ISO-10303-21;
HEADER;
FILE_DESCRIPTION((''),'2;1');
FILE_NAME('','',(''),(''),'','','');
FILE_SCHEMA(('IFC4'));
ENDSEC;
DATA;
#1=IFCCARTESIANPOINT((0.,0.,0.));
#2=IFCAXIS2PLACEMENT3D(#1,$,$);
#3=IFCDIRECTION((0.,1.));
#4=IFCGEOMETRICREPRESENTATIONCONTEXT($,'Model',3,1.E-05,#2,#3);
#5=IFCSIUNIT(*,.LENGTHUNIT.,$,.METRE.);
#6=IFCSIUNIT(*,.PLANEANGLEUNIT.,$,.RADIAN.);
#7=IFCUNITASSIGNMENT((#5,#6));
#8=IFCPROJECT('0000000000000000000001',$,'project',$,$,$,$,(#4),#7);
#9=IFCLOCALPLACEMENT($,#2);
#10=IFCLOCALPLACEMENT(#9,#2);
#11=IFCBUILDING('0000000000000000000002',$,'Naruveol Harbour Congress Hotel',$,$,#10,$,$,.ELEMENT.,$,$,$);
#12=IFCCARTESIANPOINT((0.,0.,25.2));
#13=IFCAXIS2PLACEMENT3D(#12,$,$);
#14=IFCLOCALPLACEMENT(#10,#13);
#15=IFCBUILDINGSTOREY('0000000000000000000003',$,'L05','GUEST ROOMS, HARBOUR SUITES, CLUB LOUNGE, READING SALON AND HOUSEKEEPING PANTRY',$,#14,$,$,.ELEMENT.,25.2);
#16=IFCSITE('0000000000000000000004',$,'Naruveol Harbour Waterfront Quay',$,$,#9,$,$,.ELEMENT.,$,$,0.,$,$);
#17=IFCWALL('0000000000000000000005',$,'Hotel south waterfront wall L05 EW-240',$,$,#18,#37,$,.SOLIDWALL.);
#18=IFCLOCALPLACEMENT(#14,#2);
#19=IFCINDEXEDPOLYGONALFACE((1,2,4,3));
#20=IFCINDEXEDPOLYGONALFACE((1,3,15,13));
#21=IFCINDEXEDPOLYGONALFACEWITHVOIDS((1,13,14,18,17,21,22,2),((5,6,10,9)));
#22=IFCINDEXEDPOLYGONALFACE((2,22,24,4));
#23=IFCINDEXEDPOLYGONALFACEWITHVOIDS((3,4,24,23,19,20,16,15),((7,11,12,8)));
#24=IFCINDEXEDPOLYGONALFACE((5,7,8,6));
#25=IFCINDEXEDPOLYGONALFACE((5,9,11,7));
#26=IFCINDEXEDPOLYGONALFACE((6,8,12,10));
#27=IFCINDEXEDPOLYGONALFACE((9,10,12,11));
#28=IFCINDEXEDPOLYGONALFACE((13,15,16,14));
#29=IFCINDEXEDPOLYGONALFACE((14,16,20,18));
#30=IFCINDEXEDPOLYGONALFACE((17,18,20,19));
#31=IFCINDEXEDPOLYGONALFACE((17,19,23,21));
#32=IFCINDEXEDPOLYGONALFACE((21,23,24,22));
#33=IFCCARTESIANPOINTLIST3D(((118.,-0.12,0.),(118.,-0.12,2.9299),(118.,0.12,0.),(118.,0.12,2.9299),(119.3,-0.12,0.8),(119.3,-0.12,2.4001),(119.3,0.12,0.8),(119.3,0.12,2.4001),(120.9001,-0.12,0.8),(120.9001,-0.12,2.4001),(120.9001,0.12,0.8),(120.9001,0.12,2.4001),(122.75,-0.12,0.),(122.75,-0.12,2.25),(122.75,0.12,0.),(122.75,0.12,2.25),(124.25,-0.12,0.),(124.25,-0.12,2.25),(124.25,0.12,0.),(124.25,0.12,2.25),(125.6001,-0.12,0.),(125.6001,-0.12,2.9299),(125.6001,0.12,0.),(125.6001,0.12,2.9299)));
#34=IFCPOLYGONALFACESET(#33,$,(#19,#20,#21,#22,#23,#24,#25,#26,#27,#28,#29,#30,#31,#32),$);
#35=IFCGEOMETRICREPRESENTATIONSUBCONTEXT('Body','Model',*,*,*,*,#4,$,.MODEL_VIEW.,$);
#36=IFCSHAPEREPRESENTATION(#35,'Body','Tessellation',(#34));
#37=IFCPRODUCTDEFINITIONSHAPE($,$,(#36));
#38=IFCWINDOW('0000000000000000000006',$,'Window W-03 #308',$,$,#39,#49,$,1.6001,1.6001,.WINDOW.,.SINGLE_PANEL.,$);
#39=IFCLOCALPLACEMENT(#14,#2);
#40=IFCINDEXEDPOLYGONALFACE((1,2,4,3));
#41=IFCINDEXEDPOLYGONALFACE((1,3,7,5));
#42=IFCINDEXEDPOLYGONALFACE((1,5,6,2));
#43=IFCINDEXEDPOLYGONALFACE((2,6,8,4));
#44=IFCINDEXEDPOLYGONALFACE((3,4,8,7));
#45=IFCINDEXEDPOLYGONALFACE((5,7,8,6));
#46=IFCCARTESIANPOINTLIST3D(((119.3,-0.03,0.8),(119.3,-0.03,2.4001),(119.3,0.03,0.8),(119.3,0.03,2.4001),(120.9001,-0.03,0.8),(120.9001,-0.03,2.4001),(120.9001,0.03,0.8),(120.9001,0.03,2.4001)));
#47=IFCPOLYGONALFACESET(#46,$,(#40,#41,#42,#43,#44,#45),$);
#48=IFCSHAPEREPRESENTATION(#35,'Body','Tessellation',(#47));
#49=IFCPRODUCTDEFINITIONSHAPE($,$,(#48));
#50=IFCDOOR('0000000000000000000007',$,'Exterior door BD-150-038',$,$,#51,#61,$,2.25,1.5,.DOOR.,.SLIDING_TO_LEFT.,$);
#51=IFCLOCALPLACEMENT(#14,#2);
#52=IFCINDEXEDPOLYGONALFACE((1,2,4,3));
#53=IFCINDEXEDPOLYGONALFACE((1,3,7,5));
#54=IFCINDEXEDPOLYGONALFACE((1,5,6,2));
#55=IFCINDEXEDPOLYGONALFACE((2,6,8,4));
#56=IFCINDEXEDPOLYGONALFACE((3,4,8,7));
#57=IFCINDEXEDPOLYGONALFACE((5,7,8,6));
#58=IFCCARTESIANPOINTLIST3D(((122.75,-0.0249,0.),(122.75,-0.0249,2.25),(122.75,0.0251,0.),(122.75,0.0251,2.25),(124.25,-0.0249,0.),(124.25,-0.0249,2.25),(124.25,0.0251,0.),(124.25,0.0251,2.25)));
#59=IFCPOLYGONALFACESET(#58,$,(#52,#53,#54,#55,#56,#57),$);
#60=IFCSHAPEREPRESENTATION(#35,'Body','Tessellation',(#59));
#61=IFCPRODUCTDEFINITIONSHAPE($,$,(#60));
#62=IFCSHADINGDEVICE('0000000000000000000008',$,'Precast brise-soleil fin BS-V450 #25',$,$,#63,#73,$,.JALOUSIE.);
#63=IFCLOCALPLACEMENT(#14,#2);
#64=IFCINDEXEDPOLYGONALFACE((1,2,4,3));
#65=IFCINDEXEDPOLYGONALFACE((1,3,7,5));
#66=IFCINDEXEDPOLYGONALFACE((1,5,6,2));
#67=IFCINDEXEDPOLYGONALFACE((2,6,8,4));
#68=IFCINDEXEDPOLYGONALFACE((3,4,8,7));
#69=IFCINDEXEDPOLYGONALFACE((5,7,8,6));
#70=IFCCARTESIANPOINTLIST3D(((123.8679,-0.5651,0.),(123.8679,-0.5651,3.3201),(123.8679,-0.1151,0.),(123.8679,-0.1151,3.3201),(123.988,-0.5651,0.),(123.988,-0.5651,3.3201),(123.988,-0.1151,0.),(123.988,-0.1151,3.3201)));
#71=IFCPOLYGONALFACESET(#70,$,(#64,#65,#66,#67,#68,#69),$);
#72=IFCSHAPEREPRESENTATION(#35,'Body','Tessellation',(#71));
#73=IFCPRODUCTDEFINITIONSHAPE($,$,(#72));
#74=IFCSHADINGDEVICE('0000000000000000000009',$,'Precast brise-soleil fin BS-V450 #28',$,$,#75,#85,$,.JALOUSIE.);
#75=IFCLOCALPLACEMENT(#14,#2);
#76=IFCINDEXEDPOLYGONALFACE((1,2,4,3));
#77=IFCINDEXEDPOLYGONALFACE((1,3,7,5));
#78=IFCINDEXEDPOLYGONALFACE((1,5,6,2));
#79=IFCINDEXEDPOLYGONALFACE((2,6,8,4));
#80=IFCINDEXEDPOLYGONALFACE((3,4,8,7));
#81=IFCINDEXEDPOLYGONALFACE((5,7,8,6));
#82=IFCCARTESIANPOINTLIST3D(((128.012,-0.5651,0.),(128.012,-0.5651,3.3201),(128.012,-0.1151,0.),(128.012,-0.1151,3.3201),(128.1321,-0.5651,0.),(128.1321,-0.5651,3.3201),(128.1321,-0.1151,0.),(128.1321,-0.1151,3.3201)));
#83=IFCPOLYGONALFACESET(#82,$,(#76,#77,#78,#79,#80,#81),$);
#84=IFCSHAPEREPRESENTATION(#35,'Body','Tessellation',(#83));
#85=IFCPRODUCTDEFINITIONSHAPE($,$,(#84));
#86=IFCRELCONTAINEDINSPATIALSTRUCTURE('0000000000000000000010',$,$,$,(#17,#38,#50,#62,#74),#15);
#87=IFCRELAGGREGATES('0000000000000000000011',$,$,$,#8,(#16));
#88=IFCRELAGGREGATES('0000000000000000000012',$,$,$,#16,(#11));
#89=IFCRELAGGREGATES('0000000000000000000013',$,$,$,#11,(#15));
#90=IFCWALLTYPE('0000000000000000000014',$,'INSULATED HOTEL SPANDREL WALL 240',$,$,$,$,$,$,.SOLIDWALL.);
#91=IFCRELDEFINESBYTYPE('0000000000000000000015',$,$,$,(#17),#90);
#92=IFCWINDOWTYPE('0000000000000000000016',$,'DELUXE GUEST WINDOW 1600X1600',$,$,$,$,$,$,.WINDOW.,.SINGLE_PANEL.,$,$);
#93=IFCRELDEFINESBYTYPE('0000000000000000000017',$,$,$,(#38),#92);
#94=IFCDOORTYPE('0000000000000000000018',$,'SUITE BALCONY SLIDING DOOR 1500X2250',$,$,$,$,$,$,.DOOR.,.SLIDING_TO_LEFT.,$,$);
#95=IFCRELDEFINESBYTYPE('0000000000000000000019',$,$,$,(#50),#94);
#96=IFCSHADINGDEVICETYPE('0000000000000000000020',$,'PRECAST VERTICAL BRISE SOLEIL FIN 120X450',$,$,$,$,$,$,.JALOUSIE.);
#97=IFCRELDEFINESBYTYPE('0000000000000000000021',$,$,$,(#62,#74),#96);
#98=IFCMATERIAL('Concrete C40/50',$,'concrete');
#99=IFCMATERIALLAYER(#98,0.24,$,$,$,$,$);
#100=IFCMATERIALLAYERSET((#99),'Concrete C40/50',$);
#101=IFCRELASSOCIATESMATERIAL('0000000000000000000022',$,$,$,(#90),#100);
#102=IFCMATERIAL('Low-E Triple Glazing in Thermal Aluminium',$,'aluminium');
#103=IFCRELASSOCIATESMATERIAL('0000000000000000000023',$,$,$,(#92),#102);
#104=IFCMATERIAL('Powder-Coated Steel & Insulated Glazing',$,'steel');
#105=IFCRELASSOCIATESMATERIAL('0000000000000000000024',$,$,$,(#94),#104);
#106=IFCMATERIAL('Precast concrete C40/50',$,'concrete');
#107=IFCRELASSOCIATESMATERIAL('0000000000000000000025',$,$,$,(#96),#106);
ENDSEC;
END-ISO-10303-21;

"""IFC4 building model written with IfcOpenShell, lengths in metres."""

from ifc_helpers import new_model, si_unit, direction, frame, frame_2d, origin, origin_2d, place, context, subcontext, project, spatial, rectangle, extrude, material, layer, layer_set, type_object, element, fill, save


model = new_model("IFC4")

# Units and contexts
model_context = context("Model", 3, precision=1e-05, world=origin(), true_north=direction((0.0, 1.0)))
body_context = subcontext(model_context, "Body", "Model", "MODEL_VIEW")
ifc_project = project(units=[si_unit("LENGTHUNIT", "METRE"), si_unit("PLANEANGLEUNIT", "RADIAN")], contexts=[model_context])

# Site, building, storey
site_placement = place(None, origin())
site = spatial("IfcSite", under=ifc_project, at=site_placement, Name="Naruveol Harbour Waterfront Quay", CompositionType="ELEMENT", RefElevation=0.0)
building_placement = place(site_placement, origin())
building = spatial("IfcBuilding", under=site, at=building_placement, Name="Naruveol Harbour Congress Hotel", CompositionType="ELEMENT")
storey_placement = place(building_placement, frame((0.0, 0.0, 25.2)))
storey = spatial("IfcBuildingStorey", under=building, at=storey_placement, Name="L05", Description="GUEST ROOMS, HARBOUR SUITES, CLUB LOUNGE, READING SALON AND HOUSEKEEPING PANTRY", CompositionType="ELEMENT", Elevation=25.2)

# Wall, openings, window, door
ifc_material_1 = material(Name="Concrete C40/50", Category="concrete")
ifc_layer_1 = layer(ifc_material_1, 0.24)
ifc_layer_set_1 = layer_set([ifc_layer_1], Name="Concrete C40/50")
wall_type_1 = type_object("IfcWallType", Name="INSULATED HOTEL SPANDREL WALL 240", PredefinedType="SOLIDWALL", material=ifc_layer_set_1)
wall_1_placement = place(storey_placement, frame((125.6001, 0.0, 0.0), z_axis=(0.0, 0.0, 1.0), x_axis=(-1.0, 0.0, 0.0)))
wall_1 = element("IfcWall", 1, at=wall_1_placement, inside=storey, type_object=wall_type_1, Name="Hotel south waterfront wall L05 EW-240", PredefinedType="SOLIDWALL", context=body_context, shape_type="SweptSolid", body=[
    extrude(rectangle(XDim=7.6001, YDim=0.24, at=frame_2d((3.8, 0.0))), origin(), (0.0, 0.0, 1.0), 2.9299),
])
opening_1_placement = place(wall_1_placement, frame((1.3501, 0.0, 0.0)))
opening_1 = element("IfcOpeningElement", 2, at=opening_1_placement, cuts=wall_1, PredefinedType="OPENING", context=body_context, shape_type="SweptSolid", body=[
    extrude(rectangle(XDim=1.5, YDim=2.25, at=frame_2d((0.75, 1.125))), frame((0.0, 0.1299, 0.0), z_axis=(0.0, -1.0, 0.0), x_axis=(1.0, 0.0, 0.0)), (0.0, 0.0, 1.0), 0.26),
])
opening_2_placement = place(wall_1_placement, frame((4.7, 0.0, 0.8)))
opening_2 = element("IfcOpeningElement", 3, at=opening_2_placement, cuts=wall_1, PredefinedType="OPENING", context=body_context, shape_type="SweptSolid", body=[
    extrude(rectangle(XDim=1.6001, YDim=1.6001, at=frame_2d((0.8, 0.8))), frame((0.0, 0.1299, 0.0), z_axis=(0.0, -1.0, 0.0), x_axis=(1.0, 0.0, 0.0)), (0.0, 0.0, 1.0), 0.26),
])
ifc_material_2 = material(Name="Low-E Triple Glazing in Thermal Aluminium", Category="aluminium")
window_type = type_object("IfcWindowType", Name="DELUXE GUEST WINDOW 1600X1600", PartitioningType="SINGLE_PANEL", PredefinedType="WINDOW", material=ifc_material_2)
window_placement = place(opening_2_placement, origin())
window = element("IfcWindow", 4, at=window_placement, inside=storey, type_object=window_type, Name="Window W-03 #308", OverallHeight=1.6001, OverallWidth=1.6001, PartitioningType="SINGLE_PANEL", PredefinedType="WINDOW", context=body_context, shape_type="SweptSolid", body=[
    extrude(rectangle(XDim=1.6001, YDim=1.6001, at=frame_2d((0.8, 0.8))), frame((0.0, 0.03, 0.0), z_axis=(0.0, -1.0, 0.0), x_axis=(1.0, 0.0, 0.0)), (0.0, 0.0, 1.0), 0.0601),
])
fill(opening_2, window)
ifc_material_3 = material(Name="Powder-Coated Steel & Insulated Glazing", Category="steel")
door_type_1 = type_object("IfcDoorType", Name="SUITE BALCONY SLIDING DOOR 1500X2250", OperationType="SLIDING_TO_LEFT", PredefinedType="DOOR", material=ifc_material_3)
door_1_placement = place(opening_1_placement, origin())
door_1 = element("IfcDoor", 5, at=door_1_placement, inside=storey, type_object=door_type_1, Name="Exterior door BD-150-038", OperationType="SLIDING_TO_LEFT", OverallHeight=2.25, OverallWidth=1.5, PredefinedType="DOOR", context=body_context, shape_type="SweptSolid", body=[
    extrude(rectangle(XDim=1.5, YDim=2.25, at=frame_2d((0.75, 1.125))), frame((0.0, 0.0249, 0.0), z_axis=(0.0, -1.0, 0.0), x_axis=(1.0, 0.0, 0.0)), (0.0, 0.0, 1.0), 0.05),
])
fill(opening_1, door_1)

# Shading devices
ifc_material_4 = material(Name="Precast concrete C40/50", Category="concrete")
shading_device_type = type_object("IfcShadingDeviceType", Name="PRECAST VERTICAL BRISE SOLEIL FIN 120X450", PredefinedType="JALOUSIE", material=ifc_material_4)
for number, where, z_axis, x_axis, name in (
    (6, (123.928, -0.3401, 0.0), (0.0, 0.0, 1.0), (-1.0, 0.0, 0.0), "Precast brise-soleil fin BS-V450 #25"),
    (7, (128.072, -0.3401, 0.0), (0.0, 0.0, 1.0), (-1.0, 0.0, 0.0), "Precast brise-soleil fin BS-V450 #28"),
):
    element("IfcShadingDevice", number, at=place(storey_placement, frame(where, z_axis=z_axis, x_axis=x_axis)), inside=storey, type_object=shading_device_type, Name=name, PredefinedType="JALOUSIE", context=body_context, shape_type="SweptSolid", body=[
        extrude(rectangle(XDim=0.1201, YDim=0.45, at=origin_2d()), origin(), (0.0, 0.0, 1.0), 3.3201),
    ])

save(model, "model.ifc")
